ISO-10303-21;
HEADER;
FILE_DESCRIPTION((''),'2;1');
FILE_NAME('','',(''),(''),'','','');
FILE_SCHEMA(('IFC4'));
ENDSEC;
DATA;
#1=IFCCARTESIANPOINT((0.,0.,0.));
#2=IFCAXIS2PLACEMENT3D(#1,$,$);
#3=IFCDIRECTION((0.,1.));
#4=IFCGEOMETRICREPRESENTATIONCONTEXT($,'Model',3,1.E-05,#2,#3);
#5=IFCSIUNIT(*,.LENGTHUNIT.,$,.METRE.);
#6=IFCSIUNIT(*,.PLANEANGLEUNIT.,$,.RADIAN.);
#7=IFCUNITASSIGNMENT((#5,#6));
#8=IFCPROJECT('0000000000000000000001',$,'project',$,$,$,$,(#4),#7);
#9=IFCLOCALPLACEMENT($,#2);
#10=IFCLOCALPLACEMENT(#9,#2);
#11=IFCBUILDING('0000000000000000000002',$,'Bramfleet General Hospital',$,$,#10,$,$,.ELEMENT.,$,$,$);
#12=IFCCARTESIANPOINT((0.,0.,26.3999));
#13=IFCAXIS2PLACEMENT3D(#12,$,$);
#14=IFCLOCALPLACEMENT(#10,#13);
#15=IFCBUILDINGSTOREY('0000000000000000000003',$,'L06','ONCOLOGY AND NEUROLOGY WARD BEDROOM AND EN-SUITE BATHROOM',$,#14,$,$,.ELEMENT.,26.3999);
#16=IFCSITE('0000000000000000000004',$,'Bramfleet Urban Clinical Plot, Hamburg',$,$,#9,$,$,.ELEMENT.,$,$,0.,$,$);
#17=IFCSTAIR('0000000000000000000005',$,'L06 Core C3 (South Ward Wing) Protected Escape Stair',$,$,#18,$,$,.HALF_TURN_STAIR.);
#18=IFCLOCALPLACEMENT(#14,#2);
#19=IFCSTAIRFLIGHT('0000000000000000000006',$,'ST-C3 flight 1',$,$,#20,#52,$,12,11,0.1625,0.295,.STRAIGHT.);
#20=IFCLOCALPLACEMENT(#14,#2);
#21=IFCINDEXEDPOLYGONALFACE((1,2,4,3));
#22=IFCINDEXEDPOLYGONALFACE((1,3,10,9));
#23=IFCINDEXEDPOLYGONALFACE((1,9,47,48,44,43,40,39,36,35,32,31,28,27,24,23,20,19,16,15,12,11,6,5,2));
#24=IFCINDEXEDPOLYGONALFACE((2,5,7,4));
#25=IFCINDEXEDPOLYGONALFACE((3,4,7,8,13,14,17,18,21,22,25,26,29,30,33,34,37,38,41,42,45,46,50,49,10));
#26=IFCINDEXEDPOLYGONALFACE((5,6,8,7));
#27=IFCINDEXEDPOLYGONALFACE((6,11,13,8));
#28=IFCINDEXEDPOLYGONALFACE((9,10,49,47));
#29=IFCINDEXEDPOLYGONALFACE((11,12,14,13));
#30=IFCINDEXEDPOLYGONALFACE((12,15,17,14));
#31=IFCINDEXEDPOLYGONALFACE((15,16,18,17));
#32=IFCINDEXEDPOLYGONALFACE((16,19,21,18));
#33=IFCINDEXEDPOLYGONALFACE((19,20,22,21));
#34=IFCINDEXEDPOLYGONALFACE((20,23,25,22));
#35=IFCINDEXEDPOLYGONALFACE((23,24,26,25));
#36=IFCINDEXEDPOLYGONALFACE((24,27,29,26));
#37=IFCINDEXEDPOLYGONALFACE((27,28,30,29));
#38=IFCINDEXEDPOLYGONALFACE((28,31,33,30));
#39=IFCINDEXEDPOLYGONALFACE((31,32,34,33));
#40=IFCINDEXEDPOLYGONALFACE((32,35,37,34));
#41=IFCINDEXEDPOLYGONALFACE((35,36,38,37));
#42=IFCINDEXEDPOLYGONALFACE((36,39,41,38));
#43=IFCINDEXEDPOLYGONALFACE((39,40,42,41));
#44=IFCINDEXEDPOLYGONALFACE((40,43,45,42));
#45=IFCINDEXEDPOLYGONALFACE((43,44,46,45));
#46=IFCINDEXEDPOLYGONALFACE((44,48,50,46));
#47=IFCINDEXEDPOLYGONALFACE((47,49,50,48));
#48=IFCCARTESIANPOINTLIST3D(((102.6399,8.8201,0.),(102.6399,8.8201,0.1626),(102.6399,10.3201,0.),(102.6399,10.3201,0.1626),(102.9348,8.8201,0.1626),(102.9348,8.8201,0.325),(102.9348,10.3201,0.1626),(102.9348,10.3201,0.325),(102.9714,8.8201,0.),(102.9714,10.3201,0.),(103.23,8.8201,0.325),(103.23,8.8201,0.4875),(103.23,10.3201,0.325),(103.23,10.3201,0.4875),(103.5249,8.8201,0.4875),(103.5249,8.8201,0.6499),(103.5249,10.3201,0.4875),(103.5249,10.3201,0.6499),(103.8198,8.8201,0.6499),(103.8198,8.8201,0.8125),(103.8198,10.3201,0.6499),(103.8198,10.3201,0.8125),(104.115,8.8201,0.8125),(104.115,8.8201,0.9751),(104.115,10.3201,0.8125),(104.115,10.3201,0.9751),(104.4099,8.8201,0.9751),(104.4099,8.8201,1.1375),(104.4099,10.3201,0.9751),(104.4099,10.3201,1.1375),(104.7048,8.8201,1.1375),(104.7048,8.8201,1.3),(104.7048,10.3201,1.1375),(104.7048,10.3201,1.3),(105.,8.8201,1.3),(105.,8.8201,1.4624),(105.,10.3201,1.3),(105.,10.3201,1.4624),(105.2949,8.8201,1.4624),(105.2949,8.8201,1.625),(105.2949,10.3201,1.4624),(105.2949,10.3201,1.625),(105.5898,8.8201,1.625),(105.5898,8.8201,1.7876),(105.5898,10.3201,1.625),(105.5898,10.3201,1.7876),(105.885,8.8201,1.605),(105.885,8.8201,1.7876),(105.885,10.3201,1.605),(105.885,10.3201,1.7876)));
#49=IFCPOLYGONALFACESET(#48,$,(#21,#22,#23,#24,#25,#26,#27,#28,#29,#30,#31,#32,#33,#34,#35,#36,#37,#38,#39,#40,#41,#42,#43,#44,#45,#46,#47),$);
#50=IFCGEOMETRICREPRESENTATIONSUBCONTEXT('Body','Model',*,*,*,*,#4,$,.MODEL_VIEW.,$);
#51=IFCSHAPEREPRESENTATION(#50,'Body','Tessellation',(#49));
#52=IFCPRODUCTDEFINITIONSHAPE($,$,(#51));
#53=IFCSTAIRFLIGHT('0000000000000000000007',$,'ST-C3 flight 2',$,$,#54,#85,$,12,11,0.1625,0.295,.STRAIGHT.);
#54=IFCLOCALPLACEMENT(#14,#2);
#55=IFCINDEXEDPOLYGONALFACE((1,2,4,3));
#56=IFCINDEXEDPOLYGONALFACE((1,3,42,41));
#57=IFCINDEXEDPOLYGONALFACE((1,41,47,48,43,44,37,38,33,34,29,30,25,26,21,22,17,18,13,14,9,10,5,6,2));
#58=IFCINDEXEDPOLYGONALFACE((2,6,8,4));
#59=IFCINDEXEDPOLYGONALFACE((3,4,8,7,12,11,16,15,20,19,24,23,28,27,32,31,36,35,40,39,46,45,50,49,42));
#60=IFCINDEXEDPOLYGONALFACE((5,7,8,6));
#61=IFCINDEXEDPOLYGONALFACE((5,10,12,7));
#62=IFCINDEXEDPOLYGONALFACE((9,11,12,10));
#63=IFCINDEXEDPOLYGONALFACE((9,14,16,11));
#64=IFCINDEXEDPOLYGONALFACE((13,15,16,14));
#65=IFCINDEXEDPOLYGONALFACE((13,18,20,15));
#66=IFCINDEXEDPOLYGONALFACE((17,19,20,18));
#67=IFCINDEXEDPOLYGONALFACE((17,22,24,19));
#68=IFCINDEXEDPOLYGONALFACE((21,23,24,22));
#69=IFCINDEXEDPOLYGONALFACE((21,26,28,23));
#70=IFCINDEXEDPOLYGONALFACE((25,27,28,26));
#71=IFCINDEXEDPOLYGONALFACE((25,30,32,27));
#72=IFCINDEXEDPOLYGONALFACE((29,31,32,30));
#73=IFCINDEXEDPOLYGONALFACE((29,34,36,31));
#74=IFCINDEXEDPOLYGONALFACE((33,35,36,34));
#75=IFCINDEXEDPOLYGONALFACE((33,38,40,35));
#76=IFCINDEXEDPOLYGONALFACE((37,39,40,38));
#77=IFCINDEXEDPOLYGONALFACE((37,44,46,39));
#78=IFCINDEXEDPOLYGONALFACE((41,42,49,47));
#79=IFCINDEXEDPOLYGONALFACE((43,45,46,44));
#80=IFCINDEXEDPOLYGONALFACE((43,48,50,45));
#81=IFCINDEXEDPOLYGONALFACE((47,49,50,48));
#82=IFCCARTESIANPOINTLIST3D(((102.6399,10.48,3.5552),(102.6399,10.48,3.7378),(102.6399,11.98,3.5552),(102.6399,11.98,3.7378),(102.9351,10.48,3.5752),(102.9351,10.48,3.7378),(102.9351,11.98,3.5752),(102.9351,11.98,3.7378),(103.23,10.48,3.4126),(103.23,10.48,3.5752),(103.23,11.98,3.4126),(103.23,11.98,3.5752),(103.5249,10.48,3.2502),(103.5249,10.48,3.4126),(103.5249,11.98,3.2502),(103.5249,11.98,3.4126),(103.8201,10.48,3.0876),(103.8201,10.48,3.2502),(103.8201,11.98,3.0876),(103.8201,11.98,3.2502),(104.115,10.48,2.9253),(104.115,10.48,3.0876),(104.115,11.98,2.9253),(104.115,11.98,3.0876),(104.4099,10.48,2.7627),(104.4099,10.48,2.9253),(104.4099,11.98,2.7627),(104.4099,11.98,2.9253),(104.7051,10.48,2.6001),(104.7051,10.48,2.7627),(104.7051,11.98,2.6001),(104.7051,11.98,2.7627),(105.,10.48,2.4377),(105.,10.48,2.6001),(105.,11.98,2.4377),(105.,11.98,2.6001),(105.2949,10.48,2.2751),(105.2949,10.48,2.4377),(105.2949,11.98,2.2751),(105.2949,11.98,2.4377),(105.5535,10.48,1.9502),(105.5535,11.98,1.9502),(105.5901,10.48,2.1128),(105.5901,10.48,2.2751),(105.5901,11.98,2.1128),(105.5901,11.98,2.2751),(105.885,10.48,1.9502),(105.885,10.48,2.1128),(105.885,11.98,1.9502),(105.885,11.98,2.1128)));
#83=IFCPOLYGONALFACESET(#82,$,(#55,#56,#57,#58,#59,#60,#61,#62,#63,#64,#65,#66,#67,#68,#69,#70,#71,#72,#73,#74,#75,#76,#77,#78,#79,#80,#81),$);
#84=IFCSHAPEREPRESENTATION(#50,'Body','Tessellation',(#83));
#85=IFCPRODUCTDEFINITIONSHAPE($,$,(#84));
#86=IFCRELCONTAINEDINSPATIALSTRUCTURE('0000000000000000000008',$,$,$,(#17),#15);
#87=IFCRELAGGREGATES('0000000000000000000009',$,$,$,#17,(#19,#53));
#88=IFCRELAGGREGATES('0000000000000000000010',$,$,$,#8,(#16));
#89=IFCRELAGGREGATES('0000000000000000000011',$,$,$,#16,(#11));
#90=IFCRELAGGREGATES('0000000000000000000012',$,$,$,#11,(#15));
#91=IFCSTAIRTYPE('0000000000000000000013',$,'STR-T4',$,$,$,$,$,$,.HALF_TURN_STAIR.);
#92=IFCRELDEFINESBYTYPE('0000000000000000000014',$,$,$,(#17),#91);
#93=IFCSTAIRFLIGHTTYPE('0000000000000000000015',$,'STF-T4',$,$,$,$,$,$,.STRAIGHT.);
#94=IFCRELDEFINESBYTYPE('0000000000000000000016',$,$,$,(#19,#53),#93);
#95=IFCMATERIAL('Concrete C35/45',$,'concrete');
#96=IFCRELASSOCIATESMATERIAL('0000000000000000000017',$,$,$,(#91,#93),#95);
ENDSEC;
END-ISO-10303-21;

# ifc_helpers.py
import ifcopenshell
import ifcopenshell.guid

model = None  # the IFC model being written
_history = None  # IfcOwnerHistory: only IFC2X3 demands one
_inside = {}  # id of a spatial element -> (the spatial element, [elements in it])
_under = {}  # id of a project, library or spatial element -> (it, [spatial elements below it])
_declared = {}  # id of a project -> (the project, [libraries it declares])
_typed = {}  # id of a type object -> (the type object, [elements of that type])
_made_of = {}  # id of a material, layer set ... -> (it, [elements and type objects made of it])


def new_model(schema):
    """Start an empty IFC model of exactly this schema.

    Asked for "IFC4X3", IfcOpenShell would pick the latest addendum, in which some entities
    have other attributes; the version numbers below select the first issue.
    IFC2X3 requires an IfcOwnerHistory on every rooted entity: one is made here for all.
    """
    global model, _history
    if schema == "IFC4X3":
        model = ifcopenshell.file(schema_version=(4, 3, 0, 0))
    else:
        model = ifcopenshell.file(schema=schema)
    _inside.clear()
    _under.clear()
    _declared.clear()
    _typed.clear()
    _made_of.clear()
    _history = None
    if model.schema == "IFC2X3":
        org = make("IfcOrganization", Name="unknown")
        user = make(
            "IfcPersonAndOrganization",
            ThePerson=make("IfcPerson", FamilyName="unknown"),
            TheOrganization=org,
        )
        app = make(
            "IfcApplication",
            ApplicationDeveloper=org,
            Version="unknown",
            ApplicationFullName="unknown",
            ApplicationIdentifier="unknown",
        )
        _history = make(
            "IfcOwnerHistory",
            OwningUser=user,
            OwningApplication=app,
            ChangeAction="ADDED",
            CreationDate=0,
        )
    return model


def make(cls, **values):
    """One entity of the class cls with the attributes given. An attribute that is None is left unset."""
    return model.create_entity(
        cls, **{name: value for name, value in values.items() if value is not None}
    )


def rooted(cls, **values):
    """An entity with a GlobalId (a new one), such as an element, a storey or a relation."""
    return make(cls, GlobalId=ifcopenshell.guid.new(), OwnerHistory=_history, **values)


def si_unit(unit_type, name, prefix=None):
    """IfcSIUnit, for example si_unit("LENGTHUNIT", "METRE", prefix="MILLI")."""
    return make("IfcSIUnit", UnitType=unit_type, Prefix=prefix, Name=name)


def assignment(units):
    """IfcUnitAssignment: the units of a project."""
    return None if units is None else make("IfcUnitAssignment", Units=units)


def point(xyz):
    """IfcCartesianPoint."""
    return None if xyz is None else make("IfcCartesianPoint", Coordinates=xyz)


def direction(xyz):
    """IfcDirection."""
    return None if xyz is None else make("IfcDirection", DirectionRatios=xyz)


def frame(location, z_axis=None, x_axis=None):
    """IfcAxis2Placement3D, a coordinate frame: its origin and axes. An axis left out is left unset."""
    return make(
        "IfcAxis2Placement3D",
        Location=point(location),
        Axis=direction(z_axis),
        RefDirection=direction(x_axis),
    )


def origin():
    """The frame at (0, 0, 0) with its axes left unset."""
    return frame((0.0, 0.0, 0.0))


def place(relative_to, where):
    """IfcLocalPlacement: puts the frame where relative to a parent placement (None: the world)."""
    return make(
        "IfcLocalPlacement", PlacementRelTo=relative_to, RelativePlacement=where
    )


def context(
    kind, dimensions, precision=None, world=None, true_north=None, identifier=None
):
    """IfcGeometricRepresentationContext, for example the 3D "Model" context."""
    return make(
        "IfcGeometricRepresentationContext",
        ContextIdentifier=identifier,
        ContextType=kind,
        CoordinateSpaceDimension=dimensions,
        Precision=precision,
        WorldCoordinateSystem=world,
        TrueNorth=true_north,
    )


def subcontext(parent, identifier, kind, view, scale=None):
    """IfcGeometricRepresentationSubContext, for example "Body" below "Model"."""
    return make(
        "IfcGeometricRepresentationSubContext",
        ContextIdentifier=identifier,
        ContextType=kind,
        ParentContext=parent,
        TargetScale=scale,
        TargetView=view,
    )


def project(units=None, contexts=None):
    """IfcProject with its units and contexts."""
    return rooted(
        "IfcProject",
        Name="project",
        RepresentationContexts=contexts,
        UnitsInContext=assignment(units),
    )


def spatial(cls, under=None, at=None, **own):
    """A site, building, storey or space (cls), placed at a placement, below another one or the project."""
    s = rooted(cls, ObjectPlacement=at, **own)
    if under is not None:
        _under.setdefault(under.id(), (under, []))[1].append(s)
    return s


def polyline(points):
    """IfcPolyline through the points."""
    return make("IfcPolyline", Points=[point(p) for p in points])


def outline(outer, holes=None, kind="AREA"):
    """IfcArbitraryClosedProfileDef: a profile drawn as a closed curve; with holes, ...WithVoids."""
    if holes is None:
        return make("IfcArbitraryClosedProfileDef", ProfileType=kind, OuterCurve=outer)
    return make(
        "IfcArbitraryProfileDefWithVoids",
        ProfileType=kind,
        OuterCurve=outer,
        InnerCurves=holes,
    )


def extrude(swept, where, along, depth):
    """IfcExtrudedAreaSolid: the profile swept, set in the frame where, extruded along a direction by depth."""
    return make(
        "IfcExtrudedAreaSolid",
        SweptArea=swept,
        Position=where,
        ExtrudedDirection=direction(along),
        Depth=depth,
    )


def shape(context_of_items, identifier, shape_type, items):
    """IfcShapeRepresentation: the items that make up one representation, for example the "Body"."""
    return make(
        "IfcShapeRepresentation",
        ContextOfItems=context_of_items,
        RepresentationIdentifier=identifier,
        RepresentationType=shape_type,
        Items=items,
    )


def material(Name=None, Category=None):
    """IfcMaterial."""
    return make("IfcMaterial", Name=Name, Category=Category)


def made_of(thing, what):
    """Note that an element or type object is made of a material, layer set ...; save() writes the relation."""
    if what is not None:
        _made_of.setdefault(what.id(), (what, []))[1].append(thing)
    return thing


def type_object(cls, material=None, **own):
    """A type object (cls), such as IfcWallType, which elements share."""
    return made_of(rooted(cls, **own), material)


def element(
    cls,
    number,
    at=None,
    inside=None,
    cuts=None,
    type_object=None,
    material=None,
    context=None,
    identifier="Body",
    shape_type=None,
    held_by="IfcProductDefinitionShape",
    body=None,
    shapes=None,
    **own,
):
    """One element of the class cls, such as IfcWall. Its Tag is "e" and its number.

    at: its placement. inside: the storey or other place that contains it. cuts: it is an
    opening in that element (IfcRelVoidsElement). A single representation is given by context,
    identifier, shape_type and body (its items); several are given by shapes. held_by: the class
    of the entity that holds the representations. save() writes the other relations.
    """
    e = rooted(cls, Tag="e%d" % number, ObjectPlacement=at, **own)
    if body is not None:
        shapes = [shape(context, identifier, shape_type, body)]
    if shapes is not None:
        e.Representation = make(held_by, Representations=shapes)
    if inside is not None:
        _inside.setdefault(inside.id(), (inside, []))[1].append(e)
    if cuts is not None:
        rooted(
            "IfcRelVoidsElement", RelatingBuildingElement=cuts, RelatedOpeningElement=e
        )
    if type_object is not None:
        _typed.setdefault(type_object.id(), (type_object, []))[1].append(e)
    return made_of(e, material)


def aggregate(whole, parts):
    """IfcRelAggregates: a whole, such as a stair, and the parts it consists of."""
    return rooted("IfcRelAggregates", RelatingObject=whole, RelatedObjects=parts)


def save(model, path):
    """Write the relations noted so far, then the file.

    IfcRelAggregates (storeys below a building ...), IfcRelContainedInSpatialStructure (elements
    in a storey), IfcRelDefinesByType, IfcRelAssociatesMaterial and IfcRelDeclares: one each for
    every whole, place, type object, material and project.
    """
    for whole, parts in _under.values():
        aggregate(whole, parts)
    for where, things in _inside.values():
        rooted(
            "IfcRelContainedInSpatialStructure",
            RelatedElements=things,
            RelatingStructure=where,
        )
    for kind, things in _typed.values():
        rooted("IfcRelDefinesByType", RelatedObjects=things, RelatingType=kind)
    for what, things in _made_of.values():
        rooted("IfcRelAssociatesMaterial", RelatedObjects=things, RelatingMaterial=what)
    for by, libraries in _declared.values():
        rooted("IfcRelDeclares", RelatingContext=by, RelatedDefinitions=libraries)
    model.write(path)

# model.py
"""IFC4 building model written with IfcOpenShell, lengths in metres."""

from ifc_helpers import new_model, si_unit, direction, frame, origin, place, context, subcontext, project, spatial, polyline, outline, extrude, material, type_object, element, aggregate, save


model = new_model("IFC4")

# Units and contexts
model_context = context("Model", 3, precision=1e-05, world=origin(), true_north=direction((0.0, 1.0)))
body_context = subcontext(model_context, "Body", "Model", "MODEL_VIEW")
ifc_project = project(units=[si_unit("LENGTHUNIT", "METRE"), si_unit("PLANEANGLEUNIT", "RADIAN")], contexts=[model_context])

# Site, building, storey
site_placement = place(None, origin())
site = spatial("IfcSite", under=ifc_project, at=site_placement, Name="Bramfleet Urban Clinical Plot, Hamburg", CompositionType="ELEMENT", RefElevation=0.0)
building_placement = place(site_placement, origin())
building = spatial("IfcBuilding", under=site, at=building_placement, Name="Bramfleet General Hospital", CompositionType="ELEMENT")
storey_placement = place(building_placement, frame((0.0, 0.0, 26.3999)))
storey = spatial("IfcBuildingStorey", under=building, at=storey_placement, Name="L06", Description="ONCOLOGY AND NEUROLOGY WARD BEDROOM AND EN-SUITE BATHROOM", CompositionType="ELEMENT", Elevation=26.3999)

# Shared definitions
ifc_material_1 = material(Name="Concrete C35/45", Category="concrete")

# Stair, stair flights
stair_type = type_object("IfcStairType", Name="STR-T4", PredefinedType="HALF_TURN_STAIR", material=ifc_material_1)
stair_placement = place(storey_placement, origin())
stair = element("IfcStair", 1, at=stair_placement, inside=storey, type_object=stair_type, Name="L06 Core C3 (South Ward Wing) Protected Escape Stair", PredefinedType="HALF_TURN_STAIR")
stair_flight_type = type_object("IfcStairFlightType", Name="STF-T4", PredefinedType="STRAIGHT", material=ifc_material_1)
stair_flight_1_placement = place(storey_placement, frame((102.6399, 9.5701, 0.0), z_axis=(0.0, 0.0, 1.0), x_axis=(1.0, 0.0, 0.0)))
stair_flight_1 = element("IfcStairFlight", 2, at=stair_flight_1_placement, type_object=stair_flight_type, Name="ST-C3 flight 1", NumberOfRisers=12, NumberOfTreads=11, PredefinedType="STRAIGHT", RiserHeight=0.1625, TreadLength=0.295, context=body_context, shape_type="SweptSolid", body=[
    extrude(outline(polyline([(0.0, 0.0), (0.0, 0.1626), (0.2949, 0.1626), (0.2949, 0.325), (0.5901, 0.325), (0.5901, 0.4875), (0.885, 0.4875), (0.885, 0.6499), (1.1799, 0.6499), (1.1799, 0.8125), (1.4751, 0.8125), (1.4751, 0.9751), (1.77, 0.9751), (1.77, 1.1375), (2.0649, 1.1375), (2.0649, 1.3), (2.3601, 1.3), (2.3601, 1.4624), (2.655, 1.4624), (2.655, 1.625), (2.95, 1.625), (2.95, 1.7876), (3.2451, 1.7876), (3.2451, 1.95), (3.2451, 1.605), (0.3315, 0.0), (0.0, 0.0)])), frame((0.0, 0.75, 0.0), z_axis=(0.0, -1.0, 0.0), x_axis=(1.0, 0.0, 0.0)), (0.0, 0.0, 1.0), 1.5),
])
stair_flight_2_placement = place(storey_placement, frame((105.885, 11.23, 1.9502), z_axis=(0.0, 0.0, 1.0), x_axis=(-1.0, 0.0, 0.0)))
stair_flight_2 = element("IfcStairFlight", 3, at=stair_flight_2_placement, type_object=stair_flight_type, Name="ST-C3 flight 2", NumberOfRisers=12, NumberOfTreads=11, PredefinedType="STRAIGHT", RiserHeight=0.1625, TreadLength=0.295, context=body_context, shape_type="SweptSolid", body=[
    extrude(outline(polyline([(0.0, 0.0), (0.0, 0.1626), (0.2949, 0.1626), (0.2949, 0.325), (0.5901, 0.325), (0.5901, 0.4875), (0.885, 0.4875), (0.885, 0.6499), (1.1799, 0.6499), (1.1799, 0.8125), (1.4751, 0.8125), (1.4751, 0.9751), (1.77, 0.9751), (1.77, 1.1375), (2.0649, 1.1375), (2.0649, 1.3), (2.3601, 1.3), (2.3601, 1.4624), (2.655, 1.4624), (2.655, 1.625), (2.95, 1.625), (2.95, 1.7876), (3.2451, 1.7876), (3.2451, 1.95), (3.2451, 1.605), (0.3315, 0.0), (0.0, 0.0)])), frame((0.0, 0.75, 0.0), z_axis=(0.0, -1.0, 0.0), x_axis=(1.0, 0.0, 0.0)), (0.0, 0.0, 1.0), 1.5),
])
aggregate(stair, [stair_flight_1, stair_flight_2])

save(model, "model.ifc")
